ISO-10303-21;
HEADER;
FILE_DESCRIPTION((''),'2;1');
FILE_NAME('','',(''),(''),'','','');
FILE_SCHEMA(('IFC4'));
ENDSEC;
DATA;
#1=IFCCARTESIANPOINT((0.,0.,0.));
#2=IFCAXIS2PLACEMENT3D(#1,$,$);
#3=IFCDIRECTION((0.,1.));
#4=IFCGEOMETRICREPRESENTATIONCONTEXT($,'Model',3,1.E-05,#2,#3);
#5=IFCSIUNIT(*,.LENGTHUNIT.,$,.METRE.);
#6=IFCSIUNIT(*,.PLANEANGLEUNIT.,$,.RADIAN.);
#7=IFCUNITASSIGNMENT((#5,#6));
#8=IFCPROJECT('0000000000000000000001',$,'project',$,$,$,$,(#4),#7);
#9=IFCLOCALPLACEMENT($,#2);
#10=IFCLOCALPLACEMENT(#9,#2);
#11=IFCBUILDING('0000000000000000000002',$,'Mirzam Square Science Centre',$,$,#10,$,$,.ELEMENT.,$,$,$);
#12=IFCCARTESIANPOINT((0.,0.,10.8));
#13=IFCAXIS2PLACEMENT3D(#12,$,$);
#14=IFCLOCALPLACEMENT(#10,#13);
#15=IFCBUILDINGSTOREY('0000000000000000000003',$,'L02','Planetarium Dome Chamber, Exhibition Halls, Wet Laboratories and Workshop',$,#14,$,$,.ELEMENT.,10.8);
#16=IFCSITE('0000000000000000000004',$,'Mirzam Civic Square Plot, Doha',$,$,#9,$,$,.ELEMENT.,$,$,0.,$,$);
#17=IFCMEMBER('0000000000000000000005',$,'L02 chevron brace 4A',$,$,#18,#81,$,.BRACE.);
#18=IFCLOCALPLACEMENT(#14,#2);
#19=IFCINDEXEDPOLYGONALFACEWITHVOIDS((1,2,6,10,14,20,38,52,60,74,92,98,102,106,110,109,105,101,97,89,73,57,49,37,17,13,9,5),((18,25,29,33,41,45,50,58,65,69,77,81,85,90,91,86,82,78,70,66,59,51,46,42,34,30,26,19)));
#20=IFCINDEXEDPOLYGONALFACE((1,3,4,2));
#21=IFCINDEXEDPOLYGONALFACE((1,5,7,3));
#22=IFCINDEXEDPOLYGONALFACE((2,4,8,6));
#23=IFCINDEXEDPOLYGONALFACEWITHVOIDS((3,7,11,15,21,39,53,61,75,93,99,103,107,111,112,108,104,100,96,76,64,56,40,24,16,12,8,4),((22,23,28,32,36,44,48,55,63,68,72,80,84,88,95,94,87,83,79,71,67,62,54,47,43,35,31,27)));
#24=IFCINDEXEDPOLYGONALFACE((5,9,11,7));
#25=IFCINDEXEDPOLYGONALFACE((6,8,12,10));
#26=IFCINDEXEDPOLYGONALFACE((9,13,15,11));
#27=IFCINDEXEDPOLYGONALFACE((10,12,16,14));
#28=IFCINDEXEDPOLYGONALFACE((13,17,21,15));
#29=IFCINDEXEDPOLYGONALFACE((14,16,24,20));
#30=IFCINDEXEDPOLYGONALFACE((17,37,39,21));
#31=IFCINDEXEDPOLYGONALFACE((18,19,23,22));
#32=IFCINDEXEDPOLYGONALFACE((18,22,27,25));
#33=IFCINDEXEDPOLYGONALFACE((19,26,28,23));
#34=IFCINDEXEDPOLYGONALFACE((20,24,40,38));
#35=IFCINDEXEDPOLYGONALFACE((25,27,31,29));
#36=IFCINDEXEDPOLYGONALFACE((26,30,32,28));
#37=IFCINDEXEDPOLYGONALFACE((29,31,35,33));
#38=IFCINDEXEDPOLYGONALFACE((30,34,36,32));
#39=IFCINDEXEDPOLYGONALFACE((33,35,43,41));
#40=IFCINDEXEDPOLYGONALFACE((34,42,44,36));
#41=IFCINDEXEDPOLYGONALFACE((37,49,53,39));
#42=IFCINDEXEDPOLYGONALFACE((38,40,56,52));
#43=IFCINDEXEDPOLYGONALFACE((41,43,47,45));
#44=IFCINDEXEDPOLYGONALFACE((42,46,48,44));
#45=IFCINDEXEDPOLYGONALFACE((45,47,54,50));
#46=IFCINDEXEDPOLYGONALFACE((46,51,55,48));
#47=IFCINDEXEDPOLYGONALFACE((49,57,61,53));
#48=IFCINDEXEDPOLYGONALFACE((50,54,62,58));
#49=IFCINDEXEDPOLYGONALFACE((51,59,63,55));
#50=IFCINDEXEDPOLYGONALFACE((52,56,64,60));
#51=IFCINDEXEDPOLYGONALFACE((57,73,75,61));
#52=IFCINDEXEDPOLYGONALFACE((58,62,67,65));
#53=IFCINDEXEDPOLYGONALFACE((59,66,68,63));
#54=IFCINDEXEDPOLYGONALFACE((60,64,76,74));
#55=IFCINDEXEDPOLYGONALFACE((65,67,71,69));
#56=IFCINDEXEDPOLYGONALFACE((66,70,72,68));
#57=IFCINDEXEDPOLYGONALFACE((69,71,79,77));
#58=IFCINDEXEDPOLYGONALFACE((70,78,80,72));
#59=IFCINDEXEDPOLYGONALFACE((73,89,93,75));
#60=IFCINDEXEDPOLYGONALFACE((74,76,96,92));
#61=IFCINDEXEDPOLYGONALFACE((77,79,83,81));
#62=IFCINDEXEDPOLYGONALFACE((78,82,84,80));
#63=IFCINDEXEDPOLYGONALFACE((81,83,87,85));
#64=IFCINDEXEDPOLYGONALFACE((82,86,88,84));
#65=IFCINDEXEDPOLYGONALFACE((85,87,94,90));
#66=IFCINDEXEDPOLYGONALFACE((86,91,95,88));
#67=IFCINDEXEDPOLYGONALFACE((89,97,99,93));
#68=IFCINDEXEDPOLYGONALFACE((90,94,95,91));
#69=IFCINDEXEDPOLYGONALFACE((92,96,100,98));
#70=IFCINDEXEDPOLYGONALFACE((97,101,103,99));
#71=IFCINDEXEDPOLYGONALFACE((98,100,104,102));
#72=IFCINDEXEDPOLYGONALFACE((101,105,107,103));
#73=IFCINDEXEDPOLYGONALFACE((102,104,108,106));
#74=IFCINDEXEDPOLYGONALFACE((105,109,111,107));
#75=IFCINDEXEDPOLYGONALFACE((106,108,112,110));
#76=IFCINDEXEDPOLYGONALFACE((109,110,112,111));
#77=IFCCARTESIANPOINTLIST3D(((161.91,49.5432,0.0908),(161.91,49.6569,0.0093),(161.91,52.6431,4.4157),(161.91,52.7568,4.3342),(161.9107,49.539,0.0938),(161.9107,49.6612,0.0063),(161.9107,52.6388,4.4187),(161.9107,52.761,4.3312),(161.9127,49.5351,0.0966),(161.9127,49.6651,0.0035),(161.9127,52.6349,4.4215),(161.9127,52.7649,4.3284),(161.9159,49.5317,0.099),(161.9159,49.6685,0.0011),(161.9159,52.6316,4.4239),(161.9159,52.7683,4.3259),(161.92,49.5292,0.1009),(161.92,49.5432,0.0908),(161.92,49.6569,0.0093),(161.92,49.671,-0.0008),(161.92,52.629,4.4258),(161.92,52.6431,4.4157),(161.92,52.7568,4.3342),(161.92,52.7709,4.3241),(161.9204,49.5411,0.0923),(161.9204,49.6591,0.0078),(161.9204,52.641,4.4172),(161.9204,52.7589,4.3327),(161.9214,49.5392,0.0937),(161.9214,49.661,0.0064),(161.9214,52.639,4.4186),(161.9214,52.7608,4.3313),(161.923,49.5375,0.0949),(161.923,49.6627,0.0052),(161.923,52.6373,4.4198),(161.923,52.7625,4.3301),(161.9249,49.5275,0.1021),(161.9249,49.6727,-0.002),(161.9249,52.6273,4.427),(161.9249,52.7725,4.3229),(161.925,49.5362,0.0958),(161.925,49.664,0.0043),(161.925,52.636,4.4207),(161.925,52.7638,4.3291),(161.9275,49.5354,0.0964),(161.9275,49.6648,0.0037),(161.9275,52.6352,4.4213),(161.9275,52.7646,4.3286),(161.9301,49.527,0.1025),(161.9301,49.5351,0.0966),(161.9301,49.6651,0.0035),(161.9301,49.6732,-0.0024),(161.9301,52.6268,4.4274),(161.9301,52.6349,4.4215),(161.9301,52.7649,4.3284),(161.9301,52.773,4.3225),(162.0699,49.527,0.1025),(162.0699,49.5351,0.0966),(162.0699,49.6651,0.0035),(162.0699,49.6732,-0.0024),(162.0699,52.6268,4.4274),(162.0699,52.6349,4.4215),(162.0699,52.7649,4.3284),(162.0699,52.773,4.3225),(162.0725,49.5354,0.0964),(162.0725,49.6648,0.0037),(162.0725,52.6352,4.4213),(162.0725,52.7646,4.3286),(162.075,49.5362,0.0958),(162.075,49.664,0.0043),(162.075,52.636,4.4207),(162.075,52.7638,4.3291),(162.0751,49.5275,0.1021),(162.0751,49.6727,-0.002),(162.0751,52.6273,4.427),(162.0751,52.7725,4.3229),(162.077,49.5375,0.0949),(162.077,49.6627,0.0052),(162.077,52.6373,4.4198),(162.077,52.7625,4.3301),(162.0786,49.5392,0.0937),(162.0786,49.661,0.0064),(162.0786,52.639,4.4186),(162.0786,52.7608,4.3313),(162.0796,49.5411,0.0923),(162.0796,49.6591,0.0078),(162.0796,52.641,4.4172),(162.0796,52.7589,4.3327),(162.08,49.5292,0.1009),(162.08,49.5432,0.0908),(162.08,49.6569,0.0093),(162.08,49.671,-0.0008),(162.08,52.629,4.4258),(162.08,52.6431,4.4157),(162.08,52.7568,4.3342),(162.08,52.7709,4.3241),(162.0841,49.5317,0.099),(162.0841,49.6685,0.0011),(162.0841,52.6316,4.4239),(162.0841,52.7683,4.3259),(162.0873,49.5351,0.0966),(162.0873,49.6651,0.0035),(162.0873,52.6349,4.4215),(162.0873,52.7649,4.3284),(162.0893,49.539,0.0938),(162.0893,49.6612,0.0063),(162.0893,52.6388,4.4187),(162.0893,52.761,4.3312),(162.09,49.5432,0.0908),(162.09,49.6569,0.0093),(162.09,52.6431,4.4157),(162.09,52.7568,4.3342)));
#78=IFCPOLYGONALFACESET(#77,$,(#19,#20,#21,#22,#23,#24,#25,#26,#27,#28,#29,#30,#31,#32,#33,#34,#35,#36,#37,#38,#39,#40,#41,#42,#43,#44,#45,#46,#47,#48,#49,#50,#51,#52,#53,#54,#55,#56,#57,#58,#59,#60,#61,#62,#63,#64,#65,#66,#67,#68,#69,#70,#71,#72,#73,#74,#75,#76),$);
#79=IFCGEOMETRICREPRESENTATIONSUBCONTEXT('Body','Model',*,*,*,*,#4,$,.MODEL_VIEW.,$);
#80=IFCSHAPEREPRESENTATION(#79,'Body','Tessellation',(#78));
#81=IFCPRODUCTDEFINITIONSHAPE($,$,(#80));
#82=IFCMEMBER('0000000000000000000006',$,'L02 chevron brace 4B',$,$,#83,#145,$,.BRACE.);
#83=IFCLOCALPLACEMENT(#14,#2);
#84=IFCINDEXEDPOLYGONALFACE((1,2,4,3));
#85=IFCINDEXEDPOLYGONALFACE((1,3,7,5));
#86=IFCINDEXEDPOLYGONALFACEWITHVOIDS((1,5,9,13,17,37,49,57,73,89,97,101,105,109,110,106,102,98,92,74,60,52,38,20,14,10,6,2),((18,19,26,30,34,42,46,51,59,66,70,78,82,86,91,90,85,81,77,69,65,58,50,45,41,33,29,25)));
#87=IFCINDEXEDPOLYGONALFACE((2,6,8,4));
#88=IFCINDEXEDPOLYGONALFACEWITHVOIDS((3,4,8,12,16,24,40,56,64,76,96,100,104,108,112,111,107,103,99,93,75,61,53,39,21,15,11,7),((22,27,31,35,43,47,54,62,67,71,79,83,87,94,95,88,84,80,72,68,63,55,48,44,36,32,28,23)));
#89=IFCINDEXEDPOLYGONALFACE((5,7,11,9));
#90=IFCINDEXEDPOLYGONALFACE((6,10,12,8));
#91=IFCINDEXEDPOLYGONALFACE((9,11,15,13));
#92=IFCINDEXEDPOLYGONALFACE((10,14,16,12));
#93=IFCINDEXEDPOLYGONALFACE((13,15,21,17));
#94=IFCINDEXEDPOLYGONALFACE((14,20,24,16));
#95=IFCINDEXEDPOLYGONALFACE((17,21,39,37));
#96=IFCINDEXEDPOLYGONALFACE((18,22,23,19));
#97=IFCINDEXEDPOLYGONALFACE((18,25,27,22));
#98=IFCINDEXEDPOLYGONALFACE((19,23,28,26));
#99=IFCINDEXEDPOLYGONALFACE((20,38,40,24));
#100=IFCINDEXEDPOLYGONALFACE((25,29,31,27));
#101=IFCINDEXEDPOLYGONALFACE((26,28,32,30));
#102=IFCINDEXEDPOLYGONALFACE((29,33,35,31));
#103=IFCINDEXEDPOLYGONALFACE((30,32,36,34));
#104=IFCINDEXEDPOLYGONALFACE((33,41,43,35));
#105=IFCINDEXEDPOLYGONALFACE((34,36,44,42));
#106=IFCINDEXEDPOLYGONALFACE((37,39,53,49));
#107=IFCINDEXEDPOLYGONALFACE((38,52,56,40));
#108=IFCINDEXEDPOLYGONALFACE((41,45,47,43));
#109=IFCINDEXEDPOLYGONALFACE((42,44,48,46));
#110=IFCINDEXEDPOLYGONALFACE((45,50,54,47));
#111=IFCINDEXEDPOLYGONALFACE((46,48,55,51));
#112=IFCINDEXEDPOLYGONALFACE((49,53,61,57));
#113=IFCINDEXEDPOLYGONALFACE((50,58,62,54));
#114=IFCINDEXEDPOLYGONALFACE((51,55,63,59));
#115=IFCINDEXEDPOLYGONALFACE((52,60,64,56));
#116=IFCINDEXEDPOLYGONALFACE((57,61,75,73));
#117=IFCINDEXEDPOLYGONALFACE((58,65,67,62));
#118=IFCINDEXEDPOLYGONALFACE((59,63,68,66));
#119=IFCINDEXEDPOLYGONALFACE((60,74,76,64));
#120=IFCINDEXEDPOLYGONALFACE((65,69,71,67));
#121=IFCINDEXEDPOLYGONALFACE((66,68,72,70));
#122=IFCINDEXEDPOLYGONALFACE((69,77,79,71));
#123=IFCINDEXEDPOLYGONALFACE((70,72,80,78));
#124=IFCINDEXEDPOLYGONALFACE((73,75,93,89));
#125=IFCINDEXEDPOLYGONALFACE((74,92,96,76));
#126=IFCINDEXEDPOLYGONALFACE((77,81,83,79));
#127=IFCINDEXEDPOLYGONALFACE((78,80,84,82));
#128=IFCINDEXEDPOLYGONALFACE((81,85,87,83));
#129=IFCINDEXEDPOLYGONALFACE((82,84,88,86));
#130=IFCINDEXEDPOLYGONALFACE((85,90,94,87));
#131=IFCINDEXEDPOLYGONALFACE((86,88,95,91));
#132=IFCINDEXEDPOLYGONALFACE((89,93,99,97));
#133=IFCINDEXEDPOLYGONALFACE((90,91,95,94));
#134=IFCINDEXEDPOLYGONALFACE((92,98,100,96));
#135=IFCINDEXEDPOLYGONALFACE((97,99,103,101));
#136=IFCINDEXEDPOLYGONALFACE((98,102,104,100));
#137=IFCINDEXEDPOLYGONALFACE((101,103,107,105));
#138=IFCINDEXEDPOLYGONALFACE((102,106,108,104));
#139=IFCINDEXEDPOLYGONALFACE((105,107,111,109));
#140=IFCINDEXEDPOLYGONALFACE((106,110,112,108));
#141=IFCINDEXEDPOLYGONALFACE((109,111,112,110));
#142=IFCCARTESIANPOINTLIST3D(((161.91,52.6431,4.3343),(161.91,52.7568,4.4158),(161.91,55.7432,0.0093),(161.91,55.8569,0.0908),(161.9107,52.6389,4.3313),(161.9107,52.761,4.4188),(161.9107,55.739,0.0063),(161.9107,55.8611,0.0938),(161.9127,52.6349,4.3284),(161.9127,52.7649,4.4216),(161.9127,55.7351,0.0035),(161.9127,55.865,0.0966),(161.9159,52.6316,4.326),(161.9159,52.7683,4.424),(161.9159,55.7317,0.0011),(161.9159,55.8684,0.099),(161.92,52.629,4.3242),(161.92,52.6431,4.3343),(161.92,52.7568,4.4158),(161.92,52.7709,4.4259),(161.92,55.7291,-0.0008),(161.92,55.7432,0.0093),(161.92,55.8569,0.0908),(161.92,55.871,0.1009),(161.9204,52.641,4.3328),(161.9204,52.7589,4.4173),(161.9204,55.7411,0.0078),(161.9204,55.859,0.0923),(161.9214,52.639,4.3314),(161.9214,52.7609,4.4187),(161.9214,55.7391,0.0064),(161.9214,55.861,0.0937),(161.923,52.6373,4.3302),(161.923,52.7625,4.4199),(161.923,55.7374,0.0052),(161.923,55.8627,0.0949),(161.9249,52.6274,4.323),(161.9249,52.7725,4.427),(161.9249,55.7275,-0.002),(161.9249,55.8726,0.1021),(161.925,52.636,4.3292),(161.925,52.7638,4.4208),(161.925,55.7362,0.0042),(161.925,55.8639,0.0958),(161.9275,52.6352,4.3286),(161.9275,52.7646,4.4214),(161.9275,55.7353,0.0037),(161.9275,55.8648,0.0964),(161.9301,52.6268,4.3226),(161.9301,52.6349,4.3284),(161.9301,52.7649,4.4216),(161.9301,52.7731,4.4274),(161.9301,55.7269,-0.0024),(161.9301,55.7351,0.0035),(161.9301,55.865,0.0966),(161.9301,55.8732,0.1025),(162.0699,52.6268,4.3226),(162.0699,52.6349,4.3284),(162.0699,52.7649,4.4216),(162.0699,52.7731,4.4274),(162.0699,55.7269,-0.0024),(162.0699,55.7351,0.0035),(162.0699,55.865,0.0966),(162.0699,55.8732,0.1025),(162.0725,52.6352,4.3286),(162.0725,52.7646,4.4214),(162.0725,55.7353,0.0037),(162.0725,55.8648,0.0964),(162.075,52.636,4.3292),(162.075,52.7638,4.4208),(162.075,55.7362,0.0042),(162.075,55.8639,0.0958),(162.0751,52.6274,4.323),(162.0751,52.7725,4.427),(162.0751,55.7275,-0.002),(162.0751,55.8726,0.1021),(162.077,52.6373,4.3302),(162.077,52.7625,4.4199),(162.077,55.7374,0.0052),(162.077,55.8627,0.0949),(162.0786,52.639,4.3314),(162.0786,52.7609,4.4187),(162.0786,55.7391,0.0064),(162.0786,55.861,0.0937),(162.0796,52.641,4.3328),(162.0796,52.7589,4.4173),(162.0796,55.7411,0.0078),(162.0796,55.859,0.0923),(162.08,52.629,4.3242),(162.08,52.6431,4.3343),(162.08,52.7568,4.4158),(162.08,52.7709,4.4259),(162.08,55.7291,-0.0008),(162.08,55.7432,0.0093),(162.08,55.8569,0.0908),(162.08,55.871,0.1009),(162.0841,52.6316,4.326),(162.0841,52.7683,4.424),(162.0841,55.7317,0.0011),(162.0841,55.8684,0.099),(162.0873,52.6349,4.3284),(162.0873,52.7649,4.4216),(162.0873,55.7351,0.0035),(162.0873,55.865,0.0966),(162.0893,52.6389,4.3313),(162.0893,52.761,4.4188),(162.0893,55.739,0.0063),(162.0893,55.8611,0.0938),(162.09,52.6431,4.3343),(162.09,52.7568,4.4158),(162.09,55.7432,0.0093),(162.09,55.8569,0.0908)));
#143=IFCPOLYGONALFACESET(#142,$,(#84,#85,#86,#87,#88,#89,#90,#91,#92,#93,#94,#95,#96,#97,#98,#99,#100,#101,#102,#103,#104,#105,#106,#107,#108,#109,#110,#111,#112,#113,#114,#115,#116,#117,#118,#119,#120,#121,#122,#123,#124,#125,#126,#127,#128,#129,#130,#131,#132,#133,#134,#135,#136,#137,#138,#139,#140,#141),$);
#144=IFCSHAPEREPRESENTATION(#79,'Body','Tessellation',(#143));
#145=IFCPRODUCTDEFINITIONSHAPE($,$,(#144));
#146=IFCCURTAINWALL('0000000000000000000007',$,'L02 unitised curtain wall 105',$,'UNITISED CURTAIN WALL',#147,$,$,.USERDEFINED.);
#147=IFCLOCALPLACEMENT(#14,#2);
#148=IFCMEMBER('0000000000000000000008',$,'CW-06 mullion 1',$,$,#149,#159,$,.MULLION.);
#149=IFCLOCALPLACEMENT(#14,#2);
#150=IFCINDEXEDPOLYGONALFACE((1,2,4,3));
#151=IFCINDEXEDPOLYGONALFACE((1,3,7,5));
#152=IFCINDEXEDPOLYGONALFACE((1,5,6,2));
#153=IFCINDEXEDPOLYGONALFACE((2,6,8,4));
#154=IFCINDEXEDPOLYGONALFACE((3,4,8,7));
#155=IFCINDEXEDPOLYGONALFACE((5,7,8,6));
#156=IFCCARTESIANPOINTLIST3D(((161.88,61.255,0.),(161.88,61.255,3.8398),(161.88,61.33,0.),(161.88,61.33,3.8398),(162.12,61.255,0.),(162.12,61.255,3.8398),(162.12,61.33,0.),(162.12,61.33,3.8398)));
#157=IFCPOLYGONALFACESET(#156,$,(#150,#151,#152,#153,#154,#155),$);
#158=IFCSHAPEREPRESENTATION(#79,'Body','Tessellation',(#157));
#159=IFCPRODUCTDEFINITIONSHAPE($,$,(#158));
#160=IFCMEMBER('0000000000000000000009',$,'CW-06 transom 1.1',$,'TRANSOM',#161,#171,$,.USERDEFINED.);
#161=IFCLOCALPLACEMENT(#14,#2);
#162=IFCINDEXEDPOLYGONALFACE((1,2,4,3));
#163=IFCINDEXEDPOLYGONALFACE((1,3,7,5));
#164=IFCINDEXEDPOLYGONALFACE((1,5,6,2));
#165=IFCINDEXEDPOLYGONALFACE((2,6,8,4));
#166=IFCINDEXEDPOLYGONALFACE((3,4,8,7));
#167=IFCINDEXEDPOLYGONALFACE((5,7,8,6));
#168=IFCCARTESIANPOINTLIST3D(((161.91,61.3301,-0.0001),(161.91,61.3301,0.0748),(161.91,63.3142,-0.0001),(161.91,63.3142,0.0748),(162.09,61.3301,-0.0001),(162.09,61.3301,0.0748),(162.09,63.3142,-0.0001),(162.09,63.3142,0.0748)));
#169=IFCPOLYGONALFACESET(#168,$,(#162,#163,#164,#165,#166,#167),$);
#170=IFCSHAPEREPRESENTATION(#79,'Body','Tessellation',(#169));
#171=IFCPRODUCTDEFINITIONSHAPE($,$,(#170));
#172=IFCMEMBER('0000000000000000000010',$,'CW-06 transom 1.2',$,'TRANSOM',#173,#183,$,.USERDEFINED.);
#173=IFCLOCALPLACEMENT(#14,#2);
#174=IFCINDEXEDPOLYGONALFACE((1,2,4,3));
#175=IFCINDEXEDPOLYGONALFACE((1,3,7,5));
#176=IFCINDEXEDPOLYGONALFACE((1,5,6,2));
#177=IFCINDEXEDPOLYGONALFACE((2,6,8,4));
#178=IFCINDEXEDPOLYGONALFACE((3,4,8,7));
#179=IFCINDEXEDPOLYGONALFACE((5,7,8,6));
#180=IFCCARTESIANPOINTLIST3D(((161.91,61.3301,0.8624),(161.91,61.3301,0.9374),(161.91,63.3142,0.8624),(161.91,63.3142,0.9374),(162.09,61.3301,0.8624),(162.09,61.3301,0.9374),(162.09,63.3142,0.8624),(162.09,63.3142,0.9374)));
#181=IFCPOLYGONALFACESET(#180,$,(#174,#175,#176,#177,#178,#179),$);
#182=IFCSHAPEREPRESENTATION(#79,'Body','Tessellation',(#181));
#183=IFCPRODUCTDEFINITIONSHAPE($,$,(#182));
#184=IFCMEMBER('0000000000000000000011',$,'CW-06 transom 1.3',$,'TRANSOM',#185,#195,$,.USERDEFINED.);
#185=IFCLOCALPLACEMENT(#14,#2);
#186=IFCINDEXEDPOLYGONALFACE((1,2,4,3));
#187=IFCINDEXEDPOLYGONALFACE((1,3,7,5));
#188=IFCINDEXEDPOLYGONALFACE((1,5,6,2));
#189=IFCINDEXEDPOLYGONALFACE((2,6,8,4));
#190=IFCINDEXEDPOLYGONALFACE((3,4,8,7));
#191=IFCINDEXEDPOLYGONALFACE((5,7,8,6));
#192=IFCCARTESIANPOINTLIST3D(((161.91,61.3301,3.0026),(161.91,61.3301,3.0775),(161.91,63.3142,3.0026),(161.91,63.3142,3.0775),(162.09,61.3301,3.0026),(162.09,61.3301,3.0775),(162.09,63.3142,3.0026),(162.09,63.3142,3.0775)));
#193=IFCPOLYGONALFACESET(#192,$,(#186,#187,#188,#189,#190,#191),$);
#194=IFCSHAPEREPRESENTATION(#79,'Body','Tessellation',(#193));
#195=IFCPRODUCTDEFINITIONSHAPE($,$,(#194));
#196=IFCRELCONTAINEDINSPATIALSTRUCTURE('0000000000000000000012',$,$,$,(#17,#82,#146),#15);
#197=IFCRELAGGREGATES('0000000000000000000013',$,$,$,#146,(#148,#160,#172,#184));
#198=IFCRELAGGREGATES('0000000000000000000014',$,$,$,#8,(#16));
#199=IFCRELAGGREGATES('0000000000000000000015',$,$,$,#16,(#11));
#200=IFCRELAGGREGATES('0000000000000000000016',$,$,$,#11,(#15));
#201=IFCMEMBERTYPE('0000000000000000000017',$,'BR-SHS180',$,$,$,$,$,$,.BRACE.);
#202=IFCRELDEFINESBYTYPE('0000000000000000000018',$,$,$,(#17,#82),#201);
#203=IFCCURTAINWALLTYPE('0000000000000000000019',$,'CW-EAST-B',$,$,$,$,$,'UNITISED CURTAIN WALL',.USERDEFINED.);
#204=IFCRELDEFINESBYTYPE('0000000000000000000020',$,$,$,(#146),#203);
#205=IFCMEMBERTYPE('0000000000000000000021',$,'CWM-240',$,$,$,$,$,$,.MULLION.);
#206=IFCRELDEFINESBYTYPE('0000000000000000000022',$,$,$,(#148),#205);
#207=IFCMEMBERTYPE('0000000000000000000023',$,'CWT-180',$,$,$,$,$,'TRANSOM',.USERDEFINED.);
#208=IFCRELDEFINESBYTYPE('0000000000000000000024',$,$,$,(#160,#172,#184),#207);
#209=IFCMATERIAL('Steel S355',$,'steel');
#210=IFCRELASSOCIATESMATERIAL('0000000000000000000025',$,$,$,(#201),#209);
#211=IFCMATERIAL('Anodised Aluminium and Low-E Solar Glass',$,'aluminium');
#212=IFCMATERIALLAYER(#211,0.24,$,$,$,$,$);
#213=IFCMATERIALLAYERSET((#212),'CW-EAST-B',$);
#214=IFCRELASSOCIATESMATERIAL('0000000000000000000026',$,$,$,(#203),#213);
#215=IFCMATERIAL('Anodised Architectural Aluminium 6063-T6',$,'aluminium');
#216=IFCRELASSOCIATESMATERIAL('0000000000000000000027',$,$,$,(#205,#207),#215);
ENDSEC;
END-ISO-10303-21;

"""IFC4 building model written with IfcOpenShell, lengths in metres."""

from ifc_helpers import new_model, si_unit, direction, frame, origin, origin_2d, place, context, subcontext, project, spatial, rectangle, hollow_rectangle, extrude, material, layer, layer_set, material_profile, profile_set, type_object, element, aggregate, save


model = new_model("IFC4")

# Units and contexts
model_context = context("Model", 3, precision=1e-05, world=origin(), true_north=direction((0.0, 1.0)))
body_context = subcontext(model_context, "Body", "Model", "MODEL_VIEW")
ifc_project = project(units=[si_unit("LENGTHUNIT", "METRE"), si_unit("PLANEANGLEUNIT", "RADIAN")], contexts=[model_context])

# Site, building, storey
site_placement = place(None, origin())
site = spatial("IfcSite", under=ifc_project, at=site_placement, Name="Mirzam Civic Square Plot, Doha", CompositionType="ELEMENT", RefElevation=0.0)
building_placement = place(site_placement, origin())
building = spatial("IfcBuilding", under=site, at=building_placement, Name="Mirzam Square Science Centre", CompositionType="ELEMENT")
storey_placement = place(building_placement, frame((0.0, 0.0, 10.8)))
storey = spatial("IfcBuildingStorey", under=building, at=storey_placement, Name="L02", Description="Planetarium Dome Chamber, Exhibition Halls, Wet Laboratories and Workshop", CompositionType="ELEMENT", Elevation=10.8)

# Shared definitions
ifc_material_1 = material(Name="Steel S355", Category="steel")

# Members
ifc_material_profile_1 = material_profile(ifc_material_1, hollow_rectangle(XDim=0.1799, YDim=0.1799, WallThickness=0.01, InnerFilletRadius=0.01, OuterFilletRadius=0.02, at=origin_2d()), Name="180x180x10.0SHS")
ifc_profile_set_1 = profile_set([ifc_material_profile_1], Name="Steel S355")
member_type_1 = type_object("IfcMemberType", Name="BR-SHS180", PredefinedType="BRACE", material=ifc_profile_set_1)
member_1_placement = place(storey_placement, frame((162.0, 49.6001, 0.05), z_axis=(0.0, 0.582557, 0.81279), x_axis=(-1.0, 0.0, 0.0)))
element("IfcMember", 1, at=member_1_placement, inside=storey, type_object=member_type_1, Name="L02 chevron brace 4A", PredefinedType="BRACE", context=body_context, shape_type="SweptSolid", body=[
    extrude(hollow_rectangle(XDim=0.1799, YDim=0.1799, WallThickness=0.01, InnerFilletRadius=0.01, OuterFilletRadius=0.02, at=origin_2d()), origin(), (0.0, 0.0, 1.0), 5.321),
])
member_2_placement = place(storey_placement, frame((162.0, 55.8, 0.05), z_axis=(0.0, -0.582587, 0.812768), x_axis=(1.0, 0.0, 0.0)))
element("IfcMember", 2, at=member_2_placement, inside=storey, type_object=member_type_1, Name="L02 chevron brace 4B", PredefinedType="BRACE", context=body_context, shape_type="SweptSolid", body=[
    extrude(hollow_rectangle(XDim=0.1799, YDim=0.1799, WallThickness=0.01, InnerFilletRadius=0.01, OuterFilletRadius=0.02, at=origin_2d()), origin(), (0.0, 0.0, 1.0), 5.3213),
])

# Curtain wall, members
ifc_material_2 = material(Name="Anodised Aluminium and Low-E Solar Glass", Category="aluminium")
ifc_layer_1 = layer(ifc_material_2, 0.24)
ifc_layer_set_1 = layer_set([ifc_layer_1], Name="CW-EAST-B")
curtain_wall_type = type_object("IfcCurtainWallType", Name="CW-EAST-B", ElementType="UNITISED CURTAIN WALL", PredefinedType="USERDEFINED", material=ifc_layer_set_1)
curtain_wall_placement = place(storey_placement, origin())
curtain_wall = element("IfcCurtainWall", 3, at=curtain_wall_placement, inside=storey, type_object=curtain_wall_type, Name="L02 unitised curtain wall 105", ObjectType="UNITISED CURTAIN WALL", PredefinedType="USERDEFINED")
ifc_material_3 = material(Name="Anodised Architectural Aluminium 6063-T6", Category="aluminium")
ifc_material_profile_2 = material_profile(ifc_material_3, rectangle(XDim=0.075, YDim=0.24, at=origin_2d()), Name="ALU-MULL-240x75x5")
ifc_profile_set_2 = profile_set([ifc_material_profile_2], Name="Anodised Architectural Aluminium 6063-T6")
member_type_2 = type_object("IfcMemberType", Name="CWM-240", PredefinedType="MULLION", material=ifc_profile_set_2)
member_3_placement = place(storey_placement, frame((162.0, 61.2925, 0.0), z_axis=(0.0, 0.0, 1.0), x_axis=(0.0, 1.0, 0.0)))
member_3 = element("IfcMember", 4, at=member_3_placement, type_object=member_type_2, Name="CW-06 mullion 1", PredefinedType="MULLION", context=body_context, shape_type="SweptSolid", body=[
    extrude(rectangle(XDim=0.075, YDim=0.24, at=origin_2d()), origin(), (0.0, 0.0, 1.0), 3.8398),
])
ifc_material_profile_3 = material_profile(ifc_material_3, rectangle(XDim=0.1799, YDim=0.075, at=origin_2d()), Name="ALU-TRAN-180x75x5")
ifc_profile_set_3 = profile_set([ifc_material_profile_3], Name="Anodised Architectural Aluminium 6063-T6")
member_type_3 = type_object("IfcMemberType", Name="CWT-180", ElementType="TRANSOM", PredefinedType="USERDEFINED", material=ifc_profile_set_3)
member_4_placement = place(storey_placement, frame((162.0, 61.3301, 0.0374), z_axis=(0.0, 1.0, 0.0), x_axis=(-1.0, 0.0, 0.0)))
member_4 = element("IfcMember", 5, at=member_4_placement, type_object=member_type_3, Name="CW-06 transom 1.1", ObjectType="TRANSOM", PredefinedType="USERDEFINED", context=body_context, shape_type="SweptSolid", body=[
    extrude(rectangle(XDim=0.1799, YDim=0.075, at=origin_2d()), origin(), (0.0, 0.0, 1.0), 1.9841),
])
member_5_placement = place(storey_placement, frame((162.0, 61.3301, 0.8999), z_axis=(0.0, 1.0, 0.0), x_axis=(-1.0, 0.0, 0.0)))
member_5 = element("IfcMember", 6, at=member_5_placement, type_object=member_type_3, Name="CW-06 transom 1.2", ObjectType="TRANSOM", PredefinedType="USERDEFINED", context=body_context, shape_type="SweptSolid", body=[
    extrude(rectangle(XDim=0.1799, YDim=0.075, at=origin_2d()), origin(), (0.0, 0.0, 1.0), 1.9841),
])
member_6_placement = place(storey_placement, frame((162.0, 61.3301, 3.04), z_axis=(0.0, 1.0, 0.0), x_axis=(-1.0, 0.0, 0.0)))
member_6 = element("IfcMember", 7, at=member_6_placement, type_object=member_type_3, Name="CW-06 transom 1.3", ObjectType="TRANSOM", PredefinedType="USERDEFINED", context=body_context, shape_type="SweptSolid", body=[
    extrude(rectangle(XDim=0.1799, YDim=0.075, at=origin_2d()), origin(), (0.0, 0.0, 1.0), 1.9841),
])
aggregate(curtain_wall, [member_3, member_4, member_5, member_6])

save(model, "model.ifc")
